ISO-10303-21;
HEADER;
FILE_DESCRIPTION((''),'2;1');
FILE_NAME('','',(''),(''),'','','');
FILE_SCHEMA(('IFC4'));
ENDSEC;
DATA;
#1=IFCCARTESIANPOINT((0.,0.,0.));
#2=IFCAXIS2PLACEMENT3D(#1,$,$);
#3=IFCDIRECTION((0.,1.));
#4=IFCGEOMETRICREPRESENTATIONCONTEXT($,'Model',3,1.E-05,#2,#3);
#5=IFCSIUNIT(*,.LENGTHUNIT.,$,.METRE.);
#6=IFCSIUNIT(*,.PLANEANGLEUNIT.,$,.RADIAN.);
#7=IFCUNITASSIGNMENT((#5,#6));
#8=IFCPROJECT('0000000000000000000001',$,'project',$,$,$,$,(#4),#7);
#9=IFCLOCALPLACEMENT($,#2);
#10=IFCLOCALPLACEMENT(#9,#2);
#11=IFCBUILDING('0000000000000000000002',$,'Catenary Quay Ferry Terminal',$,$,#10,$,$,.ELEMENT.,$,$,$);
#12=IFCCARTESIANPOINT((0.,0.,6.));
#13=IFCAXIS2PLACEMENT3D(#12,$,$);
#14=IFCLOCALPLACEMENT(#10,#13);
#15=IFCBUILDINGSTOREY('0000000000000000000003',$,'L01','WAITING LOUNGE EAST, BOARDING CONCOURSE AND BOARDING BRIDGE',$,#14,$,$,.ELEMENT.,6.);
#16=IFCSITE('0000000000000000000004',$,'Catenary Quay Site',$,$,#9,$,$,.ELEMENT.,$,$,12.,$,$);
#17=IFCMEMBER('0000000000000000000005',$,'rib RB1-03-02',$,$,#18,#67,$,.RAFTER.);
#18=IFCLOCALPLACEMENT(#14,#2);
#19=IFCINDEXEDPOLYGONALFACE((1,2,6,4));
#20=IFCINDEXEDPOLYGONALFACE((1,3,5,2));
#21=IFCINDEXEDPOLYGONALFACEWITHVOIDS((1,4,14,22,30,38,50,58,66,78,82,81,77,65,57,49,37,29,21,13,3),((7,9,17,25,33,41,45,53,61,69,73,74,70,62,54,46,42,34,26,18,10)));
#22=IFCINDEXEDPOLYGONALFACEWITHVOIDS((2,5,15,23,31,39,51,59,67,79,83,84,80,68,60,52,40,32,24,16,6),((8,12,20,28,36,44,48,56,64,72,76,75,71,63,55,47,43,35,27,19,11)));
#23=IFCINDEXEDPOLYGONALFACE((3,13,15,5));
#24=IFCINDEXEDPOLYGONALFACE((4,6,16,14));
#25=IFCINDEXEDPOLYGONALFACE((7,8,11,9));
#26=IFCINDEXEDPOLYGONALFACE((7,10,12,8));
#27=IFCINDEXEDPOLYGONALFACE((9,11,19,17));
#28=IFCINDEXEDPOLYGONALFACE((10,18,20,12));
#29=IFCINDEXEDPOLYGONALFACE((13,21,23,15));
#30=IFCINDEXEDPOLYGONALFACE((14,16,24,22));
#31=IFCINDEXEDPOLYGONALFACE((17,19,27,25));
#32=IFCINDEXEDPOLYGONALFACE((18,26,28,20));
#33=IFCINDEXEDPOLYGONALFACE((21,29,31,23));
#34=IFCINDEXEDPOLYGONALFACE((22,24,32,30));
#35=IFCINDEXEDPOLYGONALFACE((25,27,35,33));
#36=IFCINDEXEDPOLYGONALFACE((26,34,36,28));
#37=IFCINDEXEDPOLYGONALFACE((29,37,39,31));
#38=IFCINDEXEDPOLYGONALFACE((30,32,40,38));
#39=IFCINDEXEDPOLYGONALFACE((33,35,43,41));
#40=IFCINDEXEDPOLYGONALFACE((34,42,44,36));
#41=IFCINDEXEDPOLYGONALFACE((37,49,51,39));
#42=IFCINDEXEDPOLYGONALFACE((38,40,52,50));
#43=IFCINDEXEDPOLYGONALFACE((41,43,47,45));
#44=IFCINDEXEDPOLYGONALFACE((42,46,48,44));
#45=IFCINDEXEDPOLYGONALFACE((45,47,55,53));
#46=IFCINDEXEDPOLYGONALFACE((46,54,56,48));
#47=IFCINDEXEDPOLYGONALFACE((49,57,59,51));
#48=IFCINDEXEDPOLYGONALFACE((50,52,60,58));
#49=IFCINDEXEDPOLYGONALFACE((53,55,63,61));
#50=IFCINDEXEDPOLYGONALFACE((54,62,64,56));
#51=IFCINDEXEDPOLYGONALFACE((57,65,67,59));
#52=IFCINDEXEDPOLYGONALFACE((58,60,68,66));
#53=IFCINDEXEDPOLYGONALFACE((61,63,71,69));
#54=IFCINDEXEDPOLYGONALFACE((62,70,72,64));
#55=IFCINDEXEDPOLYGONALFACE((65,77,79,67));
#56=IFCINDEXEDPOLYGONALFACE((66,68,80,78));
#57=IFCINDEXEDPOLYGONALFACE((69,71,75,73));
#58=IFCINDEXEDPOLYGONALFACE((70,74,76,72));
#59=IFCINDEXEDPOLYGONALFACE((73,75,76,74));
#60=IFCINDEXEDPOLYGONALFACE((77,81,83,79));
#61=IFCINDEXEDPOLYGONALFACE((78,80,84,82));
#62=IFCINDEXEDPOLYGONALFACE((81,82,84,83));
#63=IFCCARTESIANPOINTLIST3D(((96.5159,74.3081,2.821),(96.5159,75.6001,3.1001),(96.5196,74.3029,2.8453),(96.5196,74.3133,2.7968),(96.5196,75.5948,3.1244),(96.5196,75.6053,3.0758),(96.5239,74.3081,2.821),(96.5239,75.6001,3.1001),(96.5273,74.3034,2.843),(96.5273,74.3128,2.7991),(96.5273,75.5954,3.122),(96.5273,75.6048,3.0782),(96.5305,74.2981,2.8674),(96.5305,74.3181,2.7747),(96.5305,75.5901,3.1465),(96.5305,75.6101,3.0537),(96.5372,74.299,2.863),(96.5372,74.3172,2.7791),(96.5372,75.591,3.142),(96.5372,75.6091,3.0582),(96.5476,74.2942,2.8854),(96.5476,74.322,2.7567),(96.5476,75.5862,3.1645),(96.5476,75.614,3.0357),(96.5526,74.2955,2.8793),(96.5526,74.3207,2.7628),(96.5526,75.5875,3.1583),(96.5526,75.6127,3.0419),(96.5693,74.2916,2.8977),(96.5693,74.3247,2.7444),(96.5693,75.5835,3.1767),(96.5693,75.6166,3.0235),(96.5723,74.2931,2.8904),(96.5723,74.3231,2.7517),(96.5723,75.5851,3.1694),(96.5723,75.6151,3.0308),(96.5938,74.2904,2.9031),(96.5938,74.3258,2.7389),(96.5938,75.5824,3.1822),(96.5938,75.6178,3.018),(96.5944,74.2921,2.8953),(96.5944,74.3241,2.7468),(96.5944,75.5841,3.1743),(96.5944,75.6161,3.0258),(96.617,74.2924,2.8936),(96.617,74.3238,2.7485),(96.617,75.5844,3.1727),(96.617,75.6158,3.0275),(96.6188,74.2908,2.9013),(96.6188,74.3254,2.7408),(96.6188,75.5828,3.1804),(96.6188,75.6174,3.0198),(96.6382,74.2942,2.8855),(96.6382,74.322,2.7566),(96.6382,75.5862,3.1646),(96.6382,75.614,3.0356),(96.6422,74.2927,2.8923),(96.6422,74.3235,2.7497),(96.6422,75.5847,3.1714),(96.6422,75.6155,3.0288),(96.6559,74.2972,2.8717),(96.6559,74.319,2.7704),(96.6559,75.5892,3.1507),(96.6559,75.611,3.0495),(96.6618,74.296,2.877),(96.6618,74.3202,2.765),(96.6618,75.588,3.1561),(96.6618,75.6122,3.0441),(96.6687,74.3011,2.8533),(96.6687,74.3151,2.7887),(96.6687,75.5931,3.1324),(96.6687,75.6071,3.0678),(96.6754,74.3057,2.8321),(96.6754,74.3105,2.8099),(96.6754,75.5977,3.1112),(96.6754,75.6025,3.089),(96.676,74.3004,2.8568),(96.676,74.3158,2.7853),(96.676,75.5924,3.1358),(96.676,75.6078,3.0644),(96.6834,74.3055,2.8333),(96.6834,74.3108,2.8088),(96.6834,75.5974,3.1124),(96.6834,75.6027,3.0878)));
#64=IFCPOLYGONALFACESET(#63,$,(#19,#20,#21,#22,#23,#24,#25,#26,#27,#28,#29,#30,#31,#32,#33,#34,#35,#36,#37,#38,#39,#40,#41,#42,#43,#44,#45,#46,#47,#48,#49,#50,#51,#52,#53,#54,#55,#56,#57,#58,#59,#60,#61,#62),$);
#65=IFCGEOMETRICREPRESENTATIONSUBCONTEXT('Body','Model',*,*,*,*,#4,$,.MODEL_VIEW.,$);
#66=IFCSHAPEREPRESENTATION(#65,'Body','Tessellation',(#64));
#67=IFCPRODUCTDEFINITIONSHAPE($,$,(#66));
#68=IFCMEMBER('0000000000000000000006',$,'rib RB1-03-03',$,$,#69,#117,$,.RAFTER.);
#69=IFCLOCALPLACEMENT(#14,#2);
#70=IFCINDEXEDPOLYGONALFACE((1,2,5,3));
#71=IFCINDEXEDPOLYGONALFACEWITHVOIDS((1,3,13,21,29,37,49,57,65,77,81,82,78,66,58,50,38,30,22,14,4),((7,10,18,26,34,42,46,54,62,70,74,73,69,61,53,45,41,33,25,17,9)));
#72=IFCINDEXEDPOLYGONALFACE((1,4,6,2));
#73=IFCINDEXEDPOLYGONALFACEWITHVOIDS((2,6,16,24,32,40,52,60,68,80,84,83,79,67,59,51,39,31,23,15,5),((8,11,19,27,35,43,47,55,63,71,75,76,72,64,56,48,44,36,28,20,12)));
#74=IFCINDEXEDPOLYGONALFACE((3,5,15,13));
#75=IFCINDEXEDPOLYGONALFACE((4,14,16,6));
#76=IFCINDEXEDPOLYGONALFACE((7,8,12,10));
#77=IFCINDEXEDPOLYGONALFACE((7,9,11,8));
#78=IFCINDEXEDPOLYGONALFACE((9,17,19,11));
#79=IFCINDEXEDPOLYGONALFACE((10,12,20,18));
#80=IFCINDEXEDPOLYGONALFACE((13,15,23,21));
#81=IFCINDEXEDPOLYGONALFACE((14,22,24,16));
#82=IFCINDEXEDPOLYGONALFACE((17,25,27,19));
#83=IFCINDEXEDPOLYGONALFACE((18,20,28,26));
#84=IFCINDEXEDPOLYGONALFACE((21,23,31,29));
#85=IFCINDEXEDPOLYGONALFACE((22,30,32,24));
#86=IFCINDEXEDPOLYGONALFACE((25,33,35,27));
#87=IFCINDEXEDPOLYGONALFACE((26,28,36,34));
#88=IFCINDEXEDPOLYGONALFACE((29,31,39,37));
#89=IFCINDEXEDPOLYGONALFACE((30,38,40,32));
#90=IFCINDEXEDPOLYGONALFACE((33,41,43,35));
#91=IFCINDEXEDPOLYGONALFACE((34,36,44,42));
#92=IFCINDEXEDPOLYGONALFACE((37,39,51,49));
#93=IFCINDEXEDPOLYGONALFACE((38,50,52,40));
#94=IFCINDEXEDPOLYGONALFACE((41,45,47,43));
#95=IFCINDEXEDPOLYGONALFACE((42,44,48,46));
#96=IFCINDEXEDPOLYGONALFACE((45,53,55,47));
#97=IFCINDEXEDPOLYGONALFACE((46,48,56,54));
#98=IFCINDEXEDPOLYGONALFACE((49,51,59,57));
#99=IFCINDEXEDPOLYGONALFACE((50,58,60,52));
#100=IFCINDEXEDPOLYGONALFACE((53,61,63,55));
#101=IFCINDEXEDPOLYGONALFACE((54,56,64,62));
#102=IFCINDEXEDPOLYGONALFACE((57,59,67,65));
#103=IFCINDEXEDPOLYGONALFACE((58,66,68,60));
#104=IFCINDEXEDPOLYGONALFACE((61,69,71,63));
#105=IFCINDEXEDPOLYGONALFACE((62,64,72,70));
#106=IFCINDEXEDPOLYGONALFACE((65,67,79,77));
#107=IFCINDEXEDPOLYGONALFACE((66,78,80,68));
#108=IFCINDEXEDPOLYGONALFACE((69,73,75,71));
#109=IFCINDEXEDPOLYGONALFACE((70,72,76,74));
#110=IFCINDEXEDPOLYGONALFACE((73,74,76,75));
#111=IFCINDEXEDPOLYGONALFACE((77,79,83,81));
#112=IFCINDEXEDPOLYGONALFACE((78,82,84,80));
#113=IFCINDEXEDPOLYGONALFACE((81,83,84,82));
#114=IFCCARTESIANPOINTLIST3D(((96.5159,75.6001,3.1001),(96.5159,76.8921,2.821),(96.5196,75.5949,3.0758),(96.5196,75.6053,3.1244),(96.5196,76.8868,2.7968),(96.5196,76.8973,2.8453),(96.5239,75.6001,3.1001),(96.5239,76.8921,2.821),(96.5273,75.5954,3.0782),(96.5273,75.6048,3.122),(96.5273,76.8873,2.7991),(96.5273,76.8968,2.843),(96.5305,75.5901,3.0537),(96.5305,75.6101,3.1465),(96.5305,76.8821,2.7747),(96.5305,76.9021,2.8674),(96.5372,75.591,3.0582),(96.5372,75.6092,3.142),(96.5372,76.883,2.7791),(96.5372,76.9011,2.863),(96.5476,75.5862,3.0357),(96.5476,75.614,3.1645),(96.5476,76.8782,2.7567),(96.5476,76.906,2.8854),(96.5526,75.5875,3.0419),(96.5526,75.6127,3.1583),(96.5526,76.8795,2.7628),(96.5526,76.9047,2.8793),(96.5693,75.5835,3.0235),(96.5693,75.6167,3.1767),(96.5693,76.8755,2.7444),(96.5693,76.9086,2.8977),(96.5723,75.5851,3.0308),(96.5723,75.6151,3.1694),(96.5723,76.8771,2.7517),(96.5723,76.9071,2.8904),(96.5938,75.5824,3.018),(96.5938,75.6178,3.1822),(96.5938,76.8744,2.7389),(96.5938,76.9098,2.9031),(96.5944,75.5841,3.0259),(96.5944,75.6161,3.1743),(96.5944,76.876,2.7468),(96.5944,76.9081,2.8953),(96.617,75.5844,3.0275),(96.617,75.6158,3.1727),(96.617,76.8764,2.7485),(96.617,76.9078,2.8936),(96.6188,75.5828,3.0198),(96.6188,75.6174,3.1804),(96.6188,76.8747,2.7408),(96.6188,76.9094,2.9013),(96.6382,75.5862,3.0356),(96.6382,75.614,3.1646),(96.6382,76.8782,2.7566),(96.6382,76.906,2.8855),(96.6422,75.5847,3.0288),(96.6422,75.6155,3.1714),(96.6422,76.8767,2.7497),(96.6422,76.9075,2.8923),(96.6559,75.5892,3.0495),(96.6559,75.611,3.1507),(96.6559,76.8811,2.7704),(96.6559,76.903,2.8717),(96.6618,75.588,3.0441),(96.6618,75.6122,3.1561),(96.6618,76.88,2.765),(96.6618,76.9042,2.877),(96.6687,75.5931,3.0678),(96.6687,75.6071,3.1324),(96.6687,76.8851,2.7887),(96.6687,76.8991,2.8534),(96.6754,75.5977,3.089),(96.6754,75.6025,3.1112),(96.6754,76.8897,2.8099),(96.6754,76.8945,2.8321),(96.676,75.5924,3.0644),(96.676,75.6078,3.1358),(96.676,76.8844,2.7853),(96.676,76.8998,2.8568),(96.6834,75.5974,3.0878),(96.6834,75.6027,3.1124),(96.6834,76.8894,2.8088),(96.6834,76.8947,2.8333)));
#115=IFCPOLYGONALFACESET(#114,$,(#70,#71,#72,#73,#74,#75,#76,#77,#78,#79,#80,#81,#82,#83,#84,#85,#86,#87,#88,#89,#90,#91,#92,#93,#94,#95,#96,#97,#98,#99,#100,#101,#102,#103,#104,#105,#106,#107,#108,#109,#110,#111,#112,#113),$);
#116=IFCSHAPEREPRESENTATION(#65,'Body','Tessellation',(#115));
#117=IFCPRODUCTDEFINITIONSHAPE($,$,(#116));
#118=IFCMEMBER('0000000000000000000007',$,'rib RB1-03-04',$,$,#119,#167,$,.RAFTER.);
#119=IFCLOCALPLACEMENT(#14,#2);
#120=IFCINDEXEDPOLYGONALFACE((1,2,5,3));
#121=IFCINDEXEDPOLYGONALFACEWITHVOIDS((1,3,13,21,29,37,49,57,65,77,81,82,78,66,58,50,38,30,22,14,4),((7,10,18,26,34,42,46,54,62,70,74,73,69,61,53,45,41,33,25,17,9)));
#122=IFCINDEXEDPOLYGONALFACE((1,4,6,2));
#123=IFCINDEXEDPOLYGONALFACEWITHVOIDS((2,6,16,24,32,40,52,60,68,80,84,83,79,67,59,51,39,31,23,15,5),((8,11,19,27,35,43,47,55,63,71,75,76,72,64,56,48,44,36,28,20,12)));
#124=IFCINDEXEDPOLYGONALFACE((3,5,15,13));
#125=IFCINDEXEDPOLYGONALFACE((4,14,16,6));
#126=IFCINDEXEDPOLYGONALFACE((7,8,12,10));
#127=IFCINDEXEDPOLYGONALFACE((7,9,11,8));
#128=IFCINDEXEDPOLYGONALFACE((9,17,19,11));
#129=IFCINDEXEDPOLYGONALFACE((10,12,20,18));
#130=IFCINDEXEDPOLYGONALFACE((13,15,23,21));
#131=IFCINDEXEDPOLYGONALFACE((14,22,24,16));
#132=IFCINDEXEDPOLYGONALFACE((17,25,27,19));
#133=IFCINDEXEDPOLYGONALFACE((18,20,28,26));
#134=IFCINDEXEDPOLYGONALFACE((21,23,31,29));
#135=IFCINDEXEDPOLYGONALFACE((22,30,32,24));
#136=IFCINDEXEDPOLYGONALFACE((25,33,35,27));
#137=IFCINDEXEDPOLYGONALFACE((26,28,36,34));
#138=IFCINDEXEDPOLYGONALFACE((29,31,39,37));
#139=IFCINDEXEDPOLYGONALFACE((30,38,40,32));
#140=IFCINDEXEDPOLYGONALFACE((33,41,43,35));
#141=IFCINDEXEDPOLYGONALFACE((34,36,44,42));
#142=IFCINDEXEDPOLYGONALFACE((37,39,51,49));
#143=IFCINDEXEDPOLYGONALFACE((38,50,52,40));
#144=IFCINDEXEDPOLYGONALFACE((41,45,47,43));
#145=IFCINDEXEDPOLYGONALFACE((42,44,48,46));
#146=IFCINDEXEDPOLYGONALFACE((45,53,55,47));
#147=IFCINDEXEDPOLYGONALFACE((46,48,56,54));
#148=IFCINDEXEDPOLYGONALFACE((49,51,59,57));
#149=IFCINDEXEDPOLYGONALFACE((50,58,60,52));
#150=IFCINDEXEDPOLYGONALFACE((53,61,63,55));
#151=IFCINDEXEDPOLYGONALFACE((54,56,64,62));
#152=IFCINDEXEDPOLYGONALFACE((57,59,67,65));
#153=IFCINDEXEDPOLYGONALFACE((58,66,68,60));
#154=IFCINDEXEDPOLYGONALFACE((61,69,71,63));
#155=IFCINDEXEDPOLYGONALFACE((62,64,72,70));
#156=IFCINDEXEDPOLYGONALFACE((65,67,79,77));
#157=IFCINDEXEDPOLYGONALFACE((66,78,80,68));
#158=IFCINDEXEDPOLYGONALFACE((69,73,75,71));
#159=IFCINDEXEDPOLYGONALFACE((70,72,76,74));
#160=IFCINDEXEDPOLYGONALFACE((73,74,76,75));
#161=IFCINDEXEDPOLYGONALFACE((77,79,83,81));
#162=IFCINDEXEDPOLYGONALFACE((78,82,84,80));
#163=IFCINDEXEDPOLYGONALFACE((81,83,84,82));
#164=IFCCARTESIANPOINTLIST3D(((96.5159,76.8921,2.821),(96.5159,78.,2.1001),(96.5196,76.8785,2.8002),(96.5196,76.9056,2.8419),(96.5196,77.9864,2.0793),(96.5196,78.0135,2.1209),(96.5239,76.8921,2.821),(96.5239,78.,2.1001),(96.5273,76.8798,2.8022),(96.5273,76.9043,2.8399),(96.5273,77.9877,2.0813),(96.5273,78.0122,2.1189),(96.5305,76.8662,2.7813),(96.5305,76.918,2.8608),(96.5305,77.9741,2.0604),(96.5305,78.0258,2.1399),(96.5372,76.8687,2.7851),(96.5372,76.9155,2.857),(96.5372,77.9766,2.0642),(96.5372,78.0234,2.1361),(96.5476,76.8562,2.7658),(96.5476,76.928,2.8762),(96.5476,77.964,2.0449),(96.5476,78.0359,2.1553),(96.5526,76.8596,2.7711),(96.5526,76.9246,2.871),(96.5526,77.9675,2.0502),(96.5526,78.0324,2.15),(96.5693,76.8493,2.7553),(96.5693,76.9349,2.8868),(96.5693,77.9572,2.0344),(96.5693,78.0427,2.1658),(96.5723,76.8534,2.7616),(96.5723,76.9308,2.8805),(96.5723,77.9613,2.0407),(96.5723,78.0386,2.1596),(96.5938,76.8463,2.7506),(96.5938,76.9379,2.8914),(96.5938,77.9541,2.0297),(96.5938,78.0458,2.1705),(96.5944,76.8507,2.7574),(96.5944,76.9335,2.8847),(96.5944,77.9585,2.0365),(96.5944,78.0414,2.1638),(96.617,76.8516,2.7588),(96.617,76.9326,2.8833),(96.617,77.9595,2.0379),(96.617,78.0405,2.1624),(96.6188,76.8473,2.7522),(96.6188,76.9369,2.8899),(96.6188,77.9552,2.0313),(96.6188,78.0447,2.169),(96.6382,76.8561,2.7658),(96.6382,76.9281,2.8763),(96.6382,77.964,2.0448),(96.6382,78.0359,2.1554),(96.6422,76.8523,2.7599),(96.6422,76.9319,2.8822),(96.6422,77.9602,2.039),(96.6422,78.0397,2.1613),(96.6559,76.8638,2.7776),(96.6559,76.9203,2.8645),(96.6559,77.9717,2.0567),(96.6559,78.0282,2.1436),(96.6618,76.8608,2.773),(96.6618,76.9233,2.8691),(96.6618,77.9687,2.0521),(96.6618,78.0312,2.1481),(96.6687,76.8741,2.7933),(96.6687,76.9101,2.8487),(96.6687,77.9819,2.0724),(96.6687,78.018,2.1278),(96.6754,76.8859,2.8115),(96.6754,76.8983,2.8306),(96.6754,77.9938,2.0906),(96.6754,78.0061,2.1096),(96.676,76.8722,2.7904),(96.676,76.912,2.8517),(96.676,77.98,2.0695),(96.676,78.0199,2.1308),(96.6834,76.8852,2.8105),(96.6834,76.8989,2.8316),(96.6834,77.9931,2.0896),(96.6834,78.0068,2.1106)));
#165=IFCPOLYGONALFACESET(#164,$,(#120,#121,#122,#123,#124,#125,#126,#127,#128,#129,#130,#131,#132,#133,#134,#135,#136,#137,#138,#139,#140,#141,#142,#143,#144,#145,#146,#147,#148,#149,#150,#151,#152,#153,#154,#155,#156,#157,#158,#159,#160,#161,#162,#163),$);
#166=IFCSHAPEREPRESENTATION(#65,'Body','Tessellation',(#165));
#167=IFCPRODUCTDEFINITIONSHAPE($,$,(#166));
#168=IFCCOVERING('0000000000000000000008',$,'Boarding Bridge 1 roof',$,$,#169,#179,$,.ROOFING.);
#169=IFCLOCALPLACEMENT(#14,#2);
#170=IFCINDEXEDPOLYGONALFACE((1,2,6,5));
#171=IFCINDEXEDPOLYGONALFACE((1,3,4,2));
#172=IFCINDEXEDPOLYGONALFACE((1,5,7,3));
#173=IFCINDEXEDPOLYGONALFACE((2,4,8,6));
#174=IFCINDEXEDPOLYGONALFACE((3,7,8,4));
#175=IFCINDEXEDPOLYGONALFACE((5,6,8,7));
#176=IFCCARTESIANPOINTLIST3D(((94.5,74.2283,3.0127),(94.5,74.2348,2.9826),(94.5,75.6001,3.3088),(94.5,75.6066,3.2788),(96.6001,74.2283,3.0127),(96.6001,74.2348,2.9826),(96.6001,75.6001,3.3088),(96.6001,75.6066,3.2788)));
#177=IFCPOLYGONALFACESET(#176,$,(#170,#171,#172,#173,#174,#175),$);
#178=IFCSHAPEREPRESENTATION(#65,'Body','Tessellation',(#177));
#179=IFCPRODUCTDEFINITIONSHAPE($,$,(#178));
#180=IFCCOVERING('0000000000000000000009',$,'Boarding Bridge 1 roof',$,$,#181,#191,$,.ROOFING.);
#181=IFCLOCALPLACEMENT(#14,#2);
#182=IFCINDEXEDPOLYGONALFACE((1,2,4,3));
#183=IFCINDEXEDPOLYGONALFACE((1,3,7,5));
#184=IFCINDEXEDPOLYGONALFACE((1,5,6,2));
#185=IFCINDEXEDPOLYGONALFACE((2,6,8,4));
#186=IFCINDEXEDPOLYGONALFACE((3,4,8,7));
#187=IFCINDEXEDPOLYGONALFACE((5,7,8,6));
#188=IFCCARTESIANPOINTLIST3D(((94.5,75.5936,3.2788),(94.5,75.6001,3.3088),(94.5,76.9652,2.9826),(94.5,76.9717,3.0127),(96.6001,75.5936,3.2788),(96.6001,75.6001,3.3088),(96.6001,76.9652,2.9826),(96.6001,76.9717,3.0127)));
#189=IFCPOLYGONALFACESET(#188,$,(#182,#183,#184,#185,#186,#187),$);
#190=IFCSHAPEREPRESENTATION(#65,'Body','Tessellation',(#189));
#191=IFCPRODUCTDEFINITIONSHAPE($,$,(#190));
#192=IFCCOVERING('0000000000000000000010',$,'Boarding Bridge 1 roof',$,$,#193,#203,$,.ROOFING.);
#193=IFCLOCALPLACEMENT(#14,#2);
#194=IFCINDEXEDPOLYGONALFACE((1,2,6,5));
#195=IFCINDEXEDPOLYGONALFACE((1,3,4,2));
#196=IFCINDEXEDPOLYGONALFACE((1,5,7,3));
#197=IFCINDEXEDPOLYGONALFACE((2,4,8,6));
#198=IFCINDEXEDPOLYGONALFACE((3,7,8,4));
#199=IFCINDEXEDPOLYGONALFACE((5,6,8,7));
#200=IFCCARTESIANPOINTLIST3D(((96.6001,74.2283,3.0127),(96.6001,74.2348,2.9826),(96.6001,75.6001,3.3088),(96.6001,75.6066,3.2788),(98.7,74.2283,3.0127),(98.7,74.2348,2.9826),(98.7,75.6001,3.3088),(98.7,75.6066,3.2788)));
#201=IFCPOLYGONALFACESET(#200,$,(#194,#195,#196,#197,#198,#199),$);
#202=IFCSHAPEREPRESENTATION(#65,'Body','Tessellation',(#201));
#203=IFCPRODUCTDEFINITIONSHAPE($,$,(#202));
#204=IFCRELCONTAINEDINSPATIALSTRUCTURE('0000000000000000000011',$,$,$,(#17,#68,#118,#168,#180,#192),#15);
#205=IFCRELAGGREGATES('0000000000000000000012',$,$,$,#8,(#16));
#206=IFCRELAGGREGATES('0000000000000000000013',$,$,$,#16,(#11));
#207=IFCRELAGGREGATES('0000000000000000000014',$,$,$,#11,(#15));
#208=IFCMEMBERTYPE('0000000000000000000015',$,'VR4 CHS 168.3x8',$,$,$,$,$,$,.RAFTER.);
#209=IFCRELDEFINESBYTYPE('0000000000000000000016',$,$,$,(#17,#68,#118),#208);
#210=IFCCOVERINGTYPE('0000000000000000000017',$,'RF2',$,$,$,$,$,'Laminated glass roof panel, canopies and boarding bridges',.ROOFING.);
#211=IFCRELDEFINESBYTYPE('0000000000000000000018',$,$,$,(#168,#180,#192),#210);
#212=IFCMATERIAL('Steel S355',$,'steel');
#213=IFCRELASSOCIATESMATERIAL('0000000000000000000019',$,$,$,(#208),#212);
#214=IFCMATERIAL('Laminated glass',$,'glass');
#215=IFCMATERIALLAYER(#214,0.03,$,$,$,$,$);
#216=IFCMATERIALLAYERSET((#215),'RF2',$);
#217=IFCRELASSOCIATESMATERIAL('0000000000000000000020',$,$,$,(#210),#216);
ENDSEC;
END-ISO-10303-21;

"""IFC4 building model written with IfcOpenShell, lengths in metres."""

from ifc_helpers import new_model, si_unit, direction, frame, origin, origin_2d, place, context, subcontext, project, spatial, polyline, hollow_circle, outline, extrude, material, layer, layer_set, material_profile, profile_set, type_object, element, save


model = new_model("IFC4")

# Units and contexts
model_context = context("Model", 3, precision=1e-05, world=origin(), true_north=direction((0.0, 1.0)))
body_context = subcontext(model_context, "Body", "Model", "MODEL_VIEW")
ifc_project = project(units=[si_unit("LENGTHUNIT", "METRE"), si_unit("PLANEANGLEUNIT", "RADIAN")], contexts=[model_context])

# Site, building, storey
site_placement = place(None, origin())
site = spatial("IfcSite", under=ifc_project, at=site_placement, Name="Catenary Quay Site", CompositionType="ELEMENT", RefElevation=12.0)
building_placement = place(site_placement, origin())
building = spatial("IfcBuilding", under=site, at=building_placement, Name="Catenary Quay Ferry Terminal", CompositionType="ELEMENT")
storey_placement = place(building_placement, frame((0.0, 0.0, 6.0)))
storey = spatial("IfcBuildingStorey", under=building, at=storey_placement, Name="L01", Description="WAITING LOUNGE EAST, BOARDING CONCOURSE AND BOARDING BRIDGE", CompositionType="ELEMENT", Elevation=6.0)

# Members
ifc_material_1 = material(Name="Steel S355", Category="steel")
ifc_material_profile_1 = material_profile(ifc_material_1, hollow_circle(Radius=0.0842, WallThickness=0.0081, at=origin_2d()), Name="CHS 168.3x8")
ifc_profile_set_1 = profile_set([ifc_material_profile_1], Name="Steel S355")
member_type_1 = type_object("IfcMemberType", Name="VR4 CHS 168.3x8", PredefinedType="RAFTER", material=ifc_profile_set_1)
for number, where, z_axis, x_axis, name in (
    (1, (96.6001, 74.3081, 2.821), (0.0, 0.977461, 0.211118), (-1.0, 0.0, 0.0), "rib RB1-03-02"),
    (2, (96.6001, 75.6001, 3.1001), (0.0, 0.977461, -0.211118), (-1.0, 0.0, 0.0), "rib RB1-03-03"),
    (3, (96.6001, 76.8921, 2.821), (0.0, 0.838165, -0.545417), (-1.0, 0.0, 0.0), "rib RB1-03-04"),
):
    element("IfcMember", number, at=place(storey_placement, frame(where, z_axis=z_axis, x_axis=x_axis)), inside=storey, type_object=member_type_1, Name=name, PredefinedType="RAFTER", context=body_context, shape_type="SweptSolid", body=[
        extrude(hollow_circle(Radius=0.0842, WallThickness=0.0081, at=origin_2d()), origin(), (0.0, 0.0, 1.0), 1.3218),
    ])

# Coverings
ifc_material_2 = material(Name="Laminated glass", Category="glass")
ifc_layer = layer(ifc_material_2, 0.03)
ifc_layer_set = layer_set([ifc_layer], Name="RF2")
covering_type = type_object("IfcCoveringType", Name="RF2", ElementType="Laminated glass roof panel, canopies and boarding bridges", PredefinedType="ROOFING", material=ifc_layer_set)
covering_1_placement = place(storey_placement, frame((94.5, 74.2283, 3.0127), z_axis=(0.0, -0.211014, 0.977483), x_axis=(1.0, 0.0, 0.0)))
element("IfcCovering", 4, at=covering_1_placement, inside=storey, type_object=covering_type, Name="Boarding Bridge 1 roof", PredefinedType="ROOFING", context=body_context, shape_type="SweptSolid", body=[
    extrude(outline(polyline([(0.0, 0.0), (2.1001, 0.0), (2.1001, 1.4034), (0.0, 1.4034), (0.0, 0.0)])), origin(), (0.0, 0.0, -1.0), 0.0308),
])
covering_2_placement = place(storey_placement, frame((94.5, 75.6001, 3.3088), z_axis=(0.0, 0.21105, 0.977475), x_axis=(1.0, 0.0, 0.0)))
element("IfcCovering", 5, at=covering_2_placement, inside=storey, type_object=covering_type, Name="Boarding Bridge 1 roof", PredefinedType="ROOFING", context=body_context, shape_type="SweptSolid", body=[
    extrude(outline(polyline([(0.0, 0.0), (2.1001, 0.0), (2.1001, 1.4032), (0.0, 1.4032), (0.0, 0.0)])), origin(), (0.0, 0.0, -1.0), 0.0308),
])
covering_3_placement = place(storey_placement, frame((96.6001, 74.2283, 3.0127), z_axis=(0.0, -0.211014, 0.977483), x_axis=(1.0, 0.0, 0.0)))
element("IfcCovering", 6, at=covering_3_placement, inside=storey, type_object=covering_type, Name="Boarding Bridge 1 roof", PredefinedType="ROOFING", context=body_context, shape_type="SweptSolid", body=[
    extrude(outline(polyline([(0.0, 0.0), (2.0999, 0.0), (2.0999, 1.4034), (0.0, 1.4034), (0.0, 0.0)])), origin(), (0.0, 0.0, -1.0), 0.0308),
])

save(model, "model.ifc")
